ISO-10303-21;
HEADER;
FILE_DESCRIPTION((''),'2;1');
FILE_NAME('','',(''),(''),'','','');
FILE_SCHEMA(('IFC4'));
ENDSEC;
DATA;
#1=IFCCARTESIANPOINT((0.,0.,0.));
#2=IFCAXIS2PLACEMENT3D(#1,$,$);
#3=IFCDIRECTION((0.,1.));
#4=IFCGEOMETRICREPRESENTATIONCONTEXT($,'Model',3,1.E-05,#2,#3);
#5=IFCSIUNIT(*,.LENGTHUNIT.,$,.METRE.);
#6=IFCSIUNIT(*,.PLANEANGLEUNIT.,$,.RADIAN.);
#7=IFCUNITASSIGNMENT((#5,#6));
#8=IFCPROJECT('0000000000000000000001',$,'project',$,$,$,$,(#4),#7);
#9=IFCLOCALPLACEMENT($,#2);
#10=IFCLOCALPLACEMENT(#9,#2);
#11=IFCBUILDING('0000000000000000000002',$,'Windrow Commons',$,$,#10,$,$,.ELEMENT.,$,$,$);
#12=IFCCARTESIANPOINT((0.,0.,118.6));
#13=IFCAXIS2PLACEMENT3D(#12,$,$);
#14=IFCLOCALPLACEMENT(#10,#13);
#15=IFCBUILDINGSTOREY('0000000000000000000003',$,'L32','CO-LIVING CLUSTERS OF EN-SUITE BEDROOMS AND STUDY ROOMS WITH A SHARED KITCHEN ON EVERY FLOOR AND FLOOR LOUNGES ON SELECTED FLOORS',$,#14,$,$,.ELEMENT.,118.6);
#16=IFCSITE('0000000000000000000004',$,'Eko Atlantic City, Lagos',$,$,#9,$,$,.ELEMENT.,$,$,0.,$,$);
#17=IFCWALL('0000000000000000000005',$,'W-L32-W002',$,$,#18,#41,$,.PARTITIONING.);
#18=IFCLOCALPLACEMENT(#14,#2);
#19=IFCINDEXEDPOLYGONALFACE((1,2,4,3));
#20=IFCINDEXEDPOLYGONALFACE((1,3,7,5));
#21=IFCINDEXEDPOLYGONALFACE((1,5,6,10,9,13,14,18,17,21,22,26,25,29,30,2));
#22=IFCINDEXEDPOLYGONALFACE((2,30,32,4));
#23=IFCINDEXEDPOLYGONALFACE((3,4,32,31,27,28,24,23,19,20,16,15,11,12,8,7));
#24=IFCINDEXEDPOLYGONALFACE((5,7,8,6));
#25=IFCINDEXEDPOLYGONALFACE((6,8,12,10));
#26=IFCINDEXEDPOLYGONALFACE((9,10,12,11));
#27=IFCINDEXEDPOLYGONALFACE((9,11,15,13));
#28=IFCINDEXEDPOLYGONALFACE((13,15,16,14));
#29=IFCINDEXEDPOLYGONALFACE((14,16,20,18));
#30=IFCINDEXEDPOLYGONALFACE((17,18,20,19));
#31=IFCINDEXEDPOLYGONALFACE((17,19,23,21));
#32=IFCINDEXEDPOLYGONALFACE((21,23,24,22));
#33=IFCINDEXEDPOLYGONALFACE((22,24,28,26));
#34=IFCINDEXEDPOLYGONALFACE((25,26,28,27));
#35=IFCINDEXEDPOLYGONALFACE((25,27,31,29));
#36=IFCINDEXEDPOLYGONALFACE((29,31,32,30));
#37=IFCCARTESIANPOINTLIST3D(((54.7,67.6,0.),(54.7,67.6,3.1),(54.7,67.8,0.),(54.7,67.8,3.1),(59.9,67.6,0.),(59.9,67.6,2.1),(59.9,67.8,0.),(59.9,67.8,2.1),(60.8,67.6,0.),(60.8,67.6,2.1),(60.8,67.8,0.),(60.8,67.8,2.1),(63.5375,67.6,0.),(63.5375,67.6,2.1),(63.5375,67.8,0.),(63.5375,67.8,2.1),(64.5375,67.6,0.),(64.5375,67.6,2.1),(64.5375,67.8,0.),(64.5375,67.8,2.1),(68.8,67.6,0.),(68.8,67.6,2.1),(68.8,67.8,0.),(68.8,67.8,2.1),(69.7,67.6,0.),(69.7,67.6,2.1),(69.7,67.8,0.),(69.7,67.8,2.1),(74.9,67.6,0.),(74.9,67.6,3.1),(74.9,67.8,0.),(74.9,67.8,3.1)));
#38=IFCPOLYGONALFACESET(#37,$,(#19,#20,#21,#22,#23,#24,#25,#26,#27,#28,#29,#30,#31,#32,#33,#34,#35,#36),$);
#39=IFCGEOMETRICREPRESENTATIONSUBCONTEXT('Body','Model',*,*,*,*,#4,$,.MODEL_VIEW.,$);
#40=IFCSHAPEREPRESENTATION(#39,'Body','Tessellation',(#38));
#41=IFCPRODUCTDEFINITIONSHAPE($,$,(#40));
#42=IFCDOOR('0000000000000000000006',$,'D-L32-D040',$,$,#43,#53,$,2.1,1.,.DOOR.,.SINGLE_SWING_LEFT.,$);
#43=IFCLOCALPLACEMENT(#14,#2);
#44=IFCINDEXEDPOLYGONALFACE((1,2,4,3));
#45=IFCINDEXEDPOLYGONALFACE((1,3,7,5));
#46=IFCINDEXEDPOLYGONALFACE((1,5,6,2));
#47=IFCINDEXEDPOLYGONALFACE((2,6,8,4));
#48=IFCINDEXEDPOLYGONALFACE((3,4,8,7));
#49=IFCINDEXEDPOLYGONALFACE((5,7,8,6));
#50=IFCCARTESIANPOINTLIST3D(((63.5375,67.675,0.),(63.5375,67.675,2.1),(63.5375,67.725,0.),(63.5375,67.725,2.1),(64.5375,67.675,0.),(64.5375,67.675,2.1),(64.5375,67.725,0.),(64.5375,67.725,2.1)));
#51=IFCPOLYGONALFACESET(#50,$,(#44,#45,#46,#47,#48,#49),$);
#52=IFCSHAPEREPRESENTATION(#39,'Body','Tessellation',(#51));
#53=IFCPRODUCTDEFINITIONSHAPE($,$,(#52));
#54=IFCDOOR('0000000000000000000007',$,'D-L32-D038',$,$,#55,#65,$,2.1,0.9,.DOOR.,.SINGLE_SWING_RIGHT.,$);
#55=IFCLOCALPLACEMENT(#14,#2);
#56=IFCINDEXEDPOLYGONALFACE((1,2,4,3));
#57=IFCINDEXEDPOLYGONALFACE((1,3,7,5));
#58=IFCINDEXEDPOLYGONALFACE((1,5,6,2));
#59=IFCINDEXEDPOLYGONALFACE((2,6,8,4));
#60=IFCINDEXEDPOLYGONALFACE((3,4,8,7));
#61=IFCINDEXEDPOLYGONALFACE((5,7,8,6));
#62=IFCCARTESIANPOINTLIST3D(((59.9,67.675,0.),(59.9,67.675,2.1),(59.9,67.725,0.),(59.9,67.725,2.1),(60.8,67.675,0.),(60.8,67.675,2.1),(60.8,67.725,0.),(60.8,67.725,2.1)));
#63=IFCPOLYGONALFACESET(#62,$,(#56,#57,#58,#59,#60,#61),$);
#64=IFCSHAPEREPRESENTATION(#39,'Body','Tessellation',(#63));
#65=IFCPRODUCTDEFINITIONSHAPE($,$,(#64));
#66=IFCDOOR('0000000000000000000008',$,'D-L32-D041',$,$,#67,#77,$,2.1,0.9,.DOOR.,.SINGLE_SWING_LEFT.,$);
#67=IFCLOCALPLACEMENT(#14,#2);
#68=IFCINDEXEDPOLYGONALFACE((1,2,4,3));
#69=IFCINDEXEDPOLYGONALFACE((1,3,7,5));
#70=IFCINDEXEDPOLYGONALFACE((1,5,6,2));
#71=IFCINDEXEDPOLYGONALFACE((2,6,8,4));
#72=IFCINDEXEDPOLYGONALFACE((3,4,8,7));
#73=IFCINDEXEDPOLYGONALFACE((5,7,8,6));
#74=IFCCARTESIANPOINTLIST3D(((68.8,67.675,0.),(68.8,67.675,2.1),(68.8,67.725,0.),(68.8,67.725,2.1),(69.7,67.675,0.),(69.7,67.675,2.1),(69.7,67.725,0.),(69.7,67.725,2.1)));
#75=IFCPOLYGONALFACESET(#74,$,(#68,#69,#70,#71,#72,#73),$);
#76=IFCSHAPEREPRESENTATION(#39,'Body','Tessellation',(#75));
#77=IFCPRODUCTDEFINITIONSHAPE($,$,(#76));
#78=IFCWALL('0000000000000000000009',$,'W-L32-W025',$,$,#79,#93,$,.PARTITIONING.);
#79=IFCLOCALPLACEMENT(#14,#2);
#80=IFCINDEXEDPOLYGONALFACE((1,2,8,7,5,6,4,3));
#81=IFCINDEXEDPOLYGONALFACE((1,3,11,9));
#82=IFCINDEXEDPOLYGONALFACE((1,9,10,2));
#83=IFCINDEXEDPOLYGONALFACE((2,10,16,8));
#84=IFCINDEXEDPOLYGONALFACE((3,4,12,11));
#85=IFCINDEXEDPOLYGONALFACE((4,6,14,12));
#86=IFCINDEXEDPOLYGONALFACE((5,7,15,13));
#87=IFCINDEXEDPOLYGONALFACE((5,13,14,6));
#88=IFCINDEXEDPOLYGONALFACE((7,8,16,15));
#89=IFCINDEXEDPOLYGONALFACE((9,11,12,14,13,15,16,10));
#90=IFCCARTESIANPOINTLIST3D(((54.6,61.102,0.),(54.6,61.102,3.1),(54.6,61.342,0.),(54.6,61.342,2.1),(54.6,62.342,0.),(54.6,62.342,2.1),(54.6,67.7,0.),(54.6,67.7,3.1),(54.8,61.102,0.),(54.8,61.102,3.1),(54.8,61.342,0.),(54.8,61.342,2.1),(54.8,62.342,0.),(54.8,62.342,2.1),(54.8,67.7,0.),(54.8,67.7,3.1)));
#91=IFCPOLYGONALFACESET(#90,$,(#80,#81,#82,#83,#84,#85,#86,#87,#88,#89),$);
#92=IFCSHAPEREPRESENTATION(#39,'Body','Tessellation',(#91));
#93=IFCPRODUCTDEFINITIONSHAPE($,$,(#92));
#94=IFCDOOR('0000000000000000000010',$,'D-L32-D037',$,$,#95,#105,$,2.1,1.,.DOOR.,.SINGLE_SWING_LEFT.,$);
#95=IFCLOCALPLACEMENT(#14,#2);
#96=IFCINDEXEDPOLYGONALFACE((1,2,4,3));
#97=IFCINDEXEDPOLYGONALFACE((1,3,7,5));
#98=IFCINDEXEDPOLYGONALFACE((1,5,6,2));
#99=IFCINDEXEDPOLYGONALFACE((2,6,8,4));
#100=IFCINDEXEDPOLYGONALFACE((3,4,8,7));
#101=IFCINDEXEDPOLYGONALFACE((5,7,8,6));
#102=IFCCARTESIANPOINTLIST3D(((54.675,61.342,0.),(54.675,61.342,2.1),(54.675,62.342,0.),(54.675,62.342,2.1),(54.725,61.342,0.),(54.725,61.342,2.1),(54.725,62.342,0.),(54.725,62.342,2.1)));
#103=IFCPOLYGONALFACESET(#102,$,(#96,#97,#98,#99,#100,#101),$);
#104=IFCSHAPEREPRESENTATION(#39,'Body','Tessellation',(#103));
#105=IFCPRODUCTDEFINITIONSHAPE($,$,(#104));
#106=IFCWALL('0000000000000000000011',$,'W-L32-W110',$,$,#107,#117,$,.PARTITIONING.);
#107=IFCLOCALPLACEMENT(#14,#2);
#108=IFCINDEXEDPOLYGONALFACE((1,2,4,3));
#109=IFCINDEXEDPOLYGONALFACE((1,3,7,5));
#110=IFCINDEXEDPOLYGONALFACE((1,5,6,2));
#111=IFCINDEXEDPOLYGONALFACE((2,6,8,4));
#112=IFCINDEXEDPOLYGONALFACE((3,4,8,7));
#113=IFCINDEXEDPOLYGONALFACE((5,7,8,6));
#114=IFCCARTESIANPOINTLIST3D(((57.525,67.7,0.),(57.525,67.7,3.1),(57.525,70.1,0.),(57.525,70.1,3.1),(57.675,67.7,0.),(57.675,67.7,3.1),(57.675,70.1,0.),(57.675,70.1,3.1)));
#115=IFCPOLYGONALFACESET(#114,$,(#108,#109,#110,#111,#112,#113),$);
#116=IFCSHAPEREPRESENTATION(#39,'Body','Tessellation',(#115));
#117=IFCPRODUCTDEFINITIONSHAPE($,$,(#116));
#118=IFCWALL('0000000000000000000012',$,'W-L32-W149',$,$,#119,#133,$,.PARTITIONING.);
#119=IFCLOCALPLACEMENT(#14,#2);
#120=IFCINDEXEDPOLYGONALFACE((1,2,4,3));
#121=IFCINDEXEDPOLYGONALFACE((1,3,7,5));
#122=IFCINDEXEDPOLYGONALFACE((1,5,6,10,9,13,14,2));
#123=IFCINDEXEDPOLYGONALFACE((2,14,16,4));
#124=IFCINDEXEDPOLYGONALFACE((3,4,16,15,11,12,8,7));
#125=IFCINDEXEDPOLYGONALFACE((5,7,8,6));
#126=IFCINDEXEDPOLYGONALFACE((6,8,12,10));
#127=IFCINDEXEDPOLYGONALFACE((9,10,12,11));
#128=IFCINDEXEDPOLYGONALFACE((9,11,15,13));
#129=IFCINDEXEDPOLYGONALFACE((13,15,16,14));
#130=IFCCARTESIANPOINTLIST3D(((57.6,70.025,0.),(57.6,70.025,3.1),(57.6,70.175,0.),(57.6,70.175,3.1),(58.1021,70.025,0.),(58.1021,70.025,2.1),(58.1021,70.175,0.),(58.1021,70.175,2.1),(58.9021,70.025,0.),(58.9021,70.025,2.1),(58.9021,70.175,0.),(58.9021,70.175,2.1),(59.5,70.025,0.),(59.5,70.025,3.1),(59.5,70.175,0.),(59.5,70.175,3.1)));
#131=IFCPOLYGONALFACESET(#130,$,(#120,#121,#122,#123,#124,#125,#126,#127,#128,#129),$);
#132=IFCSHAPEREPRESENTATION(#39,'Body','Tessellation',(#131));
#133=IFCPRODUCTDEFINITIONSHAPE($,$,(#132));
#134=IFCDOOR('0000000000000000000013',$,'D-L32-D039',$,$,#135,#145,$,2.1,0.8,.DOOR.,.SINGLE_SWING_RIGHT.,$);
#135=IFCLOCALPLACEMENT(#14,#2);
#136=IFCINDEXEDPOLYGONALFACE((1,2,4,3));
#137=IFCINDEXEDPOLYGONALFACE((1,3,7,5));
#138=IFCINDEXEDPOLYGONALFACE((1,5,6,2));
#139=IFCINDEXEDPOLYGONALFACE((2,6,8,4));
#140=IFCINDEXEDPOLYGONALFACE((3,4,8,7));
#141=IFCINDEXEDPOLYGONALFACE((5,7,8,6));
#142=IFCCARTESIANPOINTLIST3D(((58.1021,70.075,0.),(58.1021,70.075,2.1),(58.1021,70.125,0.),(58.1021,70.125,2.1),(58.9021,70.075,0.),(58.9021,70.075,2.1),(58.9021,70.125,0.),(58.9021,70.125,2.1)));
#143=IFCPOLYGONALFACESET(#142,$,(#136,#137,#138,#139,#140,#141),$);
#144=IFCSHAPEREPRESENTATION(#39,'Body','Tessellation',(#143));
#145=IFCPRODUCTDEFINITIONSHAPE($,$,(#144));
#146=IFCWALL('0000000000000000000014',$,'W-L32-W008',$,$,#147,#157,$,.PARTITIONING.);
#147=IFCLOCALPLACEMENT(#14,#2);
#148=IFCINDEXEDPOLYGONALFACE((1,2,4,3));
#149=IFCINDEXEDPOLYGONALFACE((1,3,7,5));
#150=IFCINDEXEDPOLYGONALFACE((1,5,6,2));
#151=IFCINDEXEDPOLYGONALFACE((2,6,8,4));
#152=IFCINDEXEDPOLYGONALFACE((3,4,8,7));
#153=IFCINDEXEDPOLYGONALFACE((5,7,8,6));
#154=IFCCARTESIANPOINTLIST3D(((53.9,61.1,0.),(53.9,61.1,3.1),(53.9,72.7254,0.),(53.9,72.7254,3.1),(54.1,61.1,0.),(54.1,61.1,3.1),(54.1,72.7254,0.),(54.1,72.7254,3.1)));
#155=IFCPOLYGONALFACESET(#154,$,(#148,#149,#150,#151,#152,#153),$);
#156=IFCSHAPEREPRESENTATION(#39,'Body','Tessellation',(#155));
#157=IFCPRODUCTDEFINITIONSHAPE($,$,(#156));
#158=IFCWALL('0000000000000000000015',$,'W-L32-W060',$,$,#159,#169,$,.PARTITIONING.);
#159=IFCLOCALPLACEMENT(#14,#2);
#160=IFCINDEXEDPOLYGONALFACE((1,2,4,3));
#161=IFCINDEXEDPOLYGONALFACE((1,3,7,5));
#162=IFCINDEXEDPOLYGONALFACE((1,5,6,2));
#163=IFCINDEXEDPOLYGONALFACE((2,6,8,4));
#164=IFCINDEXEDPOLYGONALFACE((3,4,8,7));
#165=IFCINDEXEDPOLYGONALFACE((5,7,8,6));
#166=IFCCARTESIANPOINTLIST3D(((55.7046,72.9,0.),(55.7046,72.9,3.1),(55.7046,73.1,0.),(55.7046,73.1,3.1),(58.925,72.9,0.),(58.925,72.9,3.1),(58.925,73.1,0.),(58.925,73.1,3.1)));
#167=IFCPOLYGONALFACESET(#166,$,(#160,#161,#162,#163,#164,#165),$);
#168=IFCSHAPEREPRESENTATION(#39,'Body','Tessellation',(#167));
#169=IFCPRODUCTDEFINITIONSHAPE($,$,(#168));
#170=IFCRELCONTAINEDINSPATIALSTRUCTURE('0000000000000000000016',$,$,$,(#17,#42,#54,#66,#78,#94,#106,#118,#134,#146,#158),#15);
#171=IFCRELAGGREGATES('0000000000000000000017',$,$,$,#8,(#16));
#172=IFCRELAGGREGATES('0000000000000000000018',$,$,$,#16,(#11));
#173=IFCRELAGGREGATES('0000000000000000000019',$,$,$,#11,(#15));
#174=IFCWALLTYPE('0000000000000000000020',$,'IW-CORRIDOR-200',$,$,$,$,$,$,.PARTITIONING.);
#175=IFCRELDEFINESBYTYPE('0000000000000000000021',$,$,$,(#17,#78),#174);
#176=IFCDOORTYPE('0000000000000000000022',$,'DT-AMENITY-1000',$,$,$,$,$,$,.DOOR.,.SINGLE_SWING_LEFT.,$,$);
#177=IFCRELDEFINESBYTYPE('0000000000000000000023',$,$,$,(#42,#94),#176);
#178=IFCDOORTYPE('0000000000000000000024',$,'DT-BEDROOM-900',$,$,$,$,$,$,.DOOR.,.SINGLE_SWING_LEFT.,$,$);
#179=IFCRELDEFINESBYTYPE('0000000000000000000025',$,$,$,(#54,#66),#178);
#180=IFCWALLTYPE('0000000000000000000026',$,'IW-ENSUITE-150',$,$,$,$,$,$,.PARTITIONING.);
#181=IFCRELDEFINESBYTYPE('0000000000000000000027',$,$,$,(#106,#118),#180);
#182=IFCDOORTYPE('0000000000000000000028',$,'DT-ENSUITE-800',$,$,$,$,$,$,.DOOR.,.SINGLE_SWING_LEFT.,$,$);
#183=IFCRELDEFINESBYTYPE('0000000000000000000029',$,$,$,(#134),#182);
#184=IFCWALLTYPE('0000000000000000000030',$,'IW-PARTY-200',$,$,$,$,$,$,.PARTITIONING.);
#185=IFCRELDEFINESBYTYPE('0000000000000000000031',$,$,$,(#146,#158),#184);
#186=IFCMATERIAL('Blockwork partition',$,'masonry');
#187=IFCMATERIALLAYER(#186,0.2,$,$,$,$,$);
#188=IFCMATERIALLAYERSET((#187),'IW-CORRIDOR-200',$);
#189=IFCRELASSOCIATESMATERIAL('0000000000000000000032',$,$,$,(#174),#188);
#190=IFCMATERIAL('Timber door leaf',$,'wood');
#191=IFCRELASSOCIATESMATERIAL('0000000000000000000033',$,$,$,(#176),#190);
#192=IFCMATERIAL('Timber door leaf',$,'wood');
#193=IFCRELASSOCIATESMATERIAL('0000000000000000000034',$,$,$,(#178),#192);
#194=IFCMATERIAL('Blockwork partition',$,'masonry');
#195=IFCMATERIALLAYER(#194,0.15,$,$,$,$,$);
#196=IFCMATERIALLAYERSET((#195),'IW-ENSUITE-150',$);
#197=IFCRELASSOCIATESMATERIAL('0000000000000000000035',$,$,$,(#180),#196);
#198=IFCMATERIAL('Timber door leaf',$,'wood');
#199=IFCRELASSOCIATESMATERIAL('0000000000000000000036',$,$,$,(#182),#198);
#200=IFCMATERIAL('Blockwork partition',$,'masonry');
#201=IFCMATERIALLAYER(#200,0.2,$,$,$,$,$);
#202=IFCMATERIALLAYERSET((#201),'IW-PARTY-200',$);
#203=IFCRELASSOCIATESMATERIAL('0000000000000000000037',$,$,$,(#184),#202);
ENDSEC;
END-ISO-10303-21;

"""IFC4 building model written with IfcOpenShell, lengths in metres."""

from ifc_helpers import new_model, si_unit, direction, frame, frame_2d, origin, place, context, subcontext, project, spatial, rectangle, extrude, material, layer, layer_set, type_object, element, fill, save


model = new_model("IFC4")

# Units and contexts
model_context = context("Model", 3, precision=1e-05, world=origin(), true_north=direction((0.0, 1.0)))
body_context = subcontext(model_context, "Body", "Model", "MODEL_VIEW")
ifc_project = project(units=[si_unit("LENGTHUNIT", "METRE"), si_unit("PLANEANGLEUNIT", "RADIAN")], contexts=[model_context])

# Site, building, storey
site_placement = place(None, origin())
site = spatial("IfcSite", under=ifc_project, at=site_placement, Name="Eko Atlantic City, Lagos", CompositionType="ELEMENT", RefElevation=0.0)
building_placement = place(site_placement, origin())
building = spatial("IfcBuilding", under=site, at=building_placement, Name="Windrow Commons", CompositionType="ELEMENT")
storey_placement = place(building_placement, frame((0.0, 0.0, 118.6)))
storey = spatial("IfcBuildingStorey", under=building, at=storey_placement, Name="L32", Description="CO-LIVING CLUSTERS OF EN-SUITE BEDROOMS AND STUDY ROOMS WITH A SHARED KITCHEN ON EVERY FLOOR AND FLOOR LOUNGES ON SELECTED FLOORS", CompositionType="ELEMENT", Elevation=118.6)

# Wall, openings, doors
ifc_material_1 = material(Name="Blockwork partition", Category="masonry")
ifc_layer_1 = layer(ifc_material_1, 0.2)
ifc_layer_set_1 = layer_set([ifc_layer_1], Name="IW-CORRIDOR-200")
wall_type_1 = type_object("IfcWallType", Name="IW-CORRIDOR-200", PredefinedType="PARTITIONING", material=ifc_layer_set_1)
wall_1_placement = place(storey_placement, frame((54.7, 67.7, 0.0), z_axis=(0.0, 0.0, 1.0), x_axis=(1.0, 0.0, 0.0)))
wall_1 = element("IfcWall", 1, at=wall_1_placement, inside=storey, type_object=wall_type_1, Name="W-L32-W002", PredefinedType="PARTITIONING", context=body_context, shape_type="SweptSolid", body=[
    extrude(rectangle(XDim=20.2, YDim=0.2, at=frame_2d((10.1, 0.0))), origin(), (0.0, 0.0, 1.0), 3.1),
])
opening_1_placement = place(wall_1_placement, frame((5.2, 0.0, 0.0)))
opening_1 = element("IfcOpeningElement", 2, at=opening_1_placement, cuts=wall_1, PredefinedType="OPENING", context=body_context, shape_type="SweptSolid", body=[
    extrude(rectangle(XDim=0.9, YDim=2.1, at=frame_2d((0.45, 1.05))), frame((0.0, 0.11, 0.0), z_axis=(0.0, -1.0, 0.0), x_axis=(1.0, 0.0, 0.0)), (0.0, 0.0, 1.0), 0.22),
])
opening_2_placement = place(wall_1_placement, frame((8.8375, 0.0, 0.0)))
opening_2 = element("IfcOpeningElement", 3, at=opening_2_placement, cuts=wall_1, PredefinedType="OPENING", context=body_context, shape_type="SweptSolid", body=[
    extrude(rectangle(XDim=1.0, YDim=2.1, at=frame_2d((0.5, 1.05))), frame((0.0, 0.11, 0.0), z_axis=(0.0, -1.0, 0.0), x_axis=(1.0, 0.0, 0.0)), (0.0, 0.0, 1.0), 0.22),
])
opening_3_placement = place(wall_1_placement, frame((14.1, 0.0, 0.0)))
opening_3 = element("IfcOpeningElement", 4, at=opening_3_placement, cuts=wall_1, PredefinedType="OPENING", context=body_context, shape_type="SweptSolid", body=[
    extrude(rectangle(XDim=0.9, YDim=2.1, at=frame_2d((0.45, 1.05))), frame((0.0, 0.11, 0.0), z_axis=(0.0, -1.0, 0.0), x_axis=(1.0, 0.0, 0.0)), (0.0, 0.0, 1.0), 0.22),
])
ifc_material_2 = material(Name="Timber door leaf", Category="wood")
door_type_1 = type_object("IfcDoorType", Name="DT-AMENITY-1000", OperationType="SINGLE_SWING_LEFT", PredefinedType="DOOR", material=ifc_material_2)
door_1_placement = place(opening_2_placement, origin())
door_1 = element("IfcDoor", 5, at=door_1_placement, inside=storey, type_object=door_type_1, Name="D-L32-D040", OperationType="SINGLE_SWING_LEFT", OverallHeight=2.1, OverallWidth=1.0, PredefinedType="DOOR", context=body_context, shape_type="SweptSolid", body=[
    extrude(rectangle(XDim=1.0, YDim=2.1, at=frame_2d((0.5, 1.05))), frame((0.0, 0.025, 0.0), z_axis=(0.0, -1.0, 0.0), x_axis=(1.0, 0.0, 0.0)), (0.0, 0.0, 1.0), 0.05),
])
fill(opening_2, door_1)
ifc_material_3 = material(Name="Timber door leaf", Category="wood")
door_type_2 = type_object("IfcDoorType", Name="DT-BEDROOM-900", OperationType="SINGLE_SWING_LEFT", PredefinedType="DOOR", material=ifc_material_3)
door_2_placement = place(opening_1_placement, origin())
door_2 = element("IfcDoor", 6, at=door_2_placement, inside=storey, type_object=door_type_2, Name="D-L32-D038", OperationType="SINGLE_SWING_RIGHT", OverallHeight=2.1, OverallWidth=0.9, PredefinedType="DOOR", context=body_context, shape_type="SweptSolid", body=[
    extrude(rectangle(XDim=0.9, YDim=2.1, at=frame_2d((0.45, 1.05))), frame((0.0, 0.025, 0.0), z_axis=(0.0, -1.0, 0.0), x_axis=(1.0, 0.0, 0.0)), (0.0, 0.0, 1.0), 0.05),
])
fill(opening_1, door_2)
door_3_placement = place(opening_3_placement, origin())
door_3 = element("IfcDoor", 7, at=door_3_placement, inside=storey, type_object=door_type_2, Name="D-L32-D041", OperationType="SINGLE_SWING_LEFT", OverallHeight=2.1, OverallWidth=0.9, PredefinedType="DOOR", context=body_context, shape_type="SweptSolid", body=[
    extrude(rectangle(XDim=0.9, YDim=2.1, at=frame_2d((0.45, 1.05))), frame((0.0, 0.025, 0.0), z_axis=(0.0, -1.0, 0.0), x_axis=(1.0, 0.0, 0.0)), (0.0, 0.0, 1.0), 0.05),
])
fill(opening_3, door_3)

# Wall, opening, door
wall_2_placement = place(storey_placement, frame((54.7, 61.102, 0.0), z_axis=(0.0, 0.0, 1.0), x_axis=(0.0, 1.0, 0.0)))
wall_2 = element("IfcWall", 8, at=wall_2_placement, inside=storey, type_object=wall_type_1, Name="W-L32-W025", PredefinedType="PARTITIONING", context=body_context, shape_type="SweptSolid", body=[
    extrude(rectangle(XDim=6.598, YDim=0.2, at=frame_2d((3.299, 0.0))), origin(), (0.0, 0.0, 1.0), 3.1),
])
opening_4_placement = place(wall_2_placement, frame((0.24, 0.0, 0.0)))
opening_4 = element("IfcOpeningElement", 9, at=opening_4_placement, cuts=wall_2, PredefinedType="OPENING", context=body_context, shape_type="SweptSolid", body=[
    extrude(rectangle(XDim=1.0, YDim=2.1, at=frame_2d((0.5, 1.05))), frame((0.0, 0.11, 0.0), z_axis=(0.0, -1.0, 0.0), x_axis=(1.0, 0.0, 0.0)), (0.0, 0.0, 1.0), 0.22),
])
door_4_placement = place(opening_4_placement, origin())
door_4 = element("IfcDoor", 10, at=door_4_placement, inside=storey, type_object=door_type_1, Name="D-L32-D037", OperationType="SINGLE_SWING_LEFT", OverallHeight=2.1, OverallWidth=1.0, PredefinedType="DOOR", context=body_context, shape_type="SweptSolid", body=[
    extrude(rectangle(XDim=1.0, YDim=2.1, at=frame_2d((0.5, 1.05))), frame((0.0, 0.025, 0.0), z_axis=(0.0, -1.0, 0.0), x_axis=(1.0, 0.0, 0.0)), (0.0, 0.0, 1.0), 0.05),
])
fill(opening_4, door_4)

# Wall
ifc_material_4 = material(Name="Blockwork partition", Category="masonry")
ifc_layer_2 = layer(ifc_material_4, 0.15)
ifc_layer_set_2 = layer_set([ifc_layer_2], Name="IW-ENSUITE-150")
wall_type_2 = type_object("IfcWallType", Name="IW-ENSUITE-150", PredefinedType="PARTITIONING", material=ifc_layer_set_2)
wall_3_placement = place(storey_placement, frame((57.6, 67.7, 0.0), z_axis=(0.0, 0.0, 1.0), x_axis=(0.0, 1.0, 0.0)))
element("IfcWall", 11, at=wall_3_placement, inside=storey, type_object=wall_type_2, Name="W-L32-W110", PredefinedType="PARTITIONING", context=body_context, shape_type="SweptSolid", body=[
    extrude(rectangle(XDim=2.4, YDim=0.15, at=frame_2d((1.2, 0.0))), origin(), (0.0, 0.0, 1.0), 3.1),
])

# Wall, opening, door
wall_4_placement = place(storey_placement, frame((57.6, 70.1, 0.0), z_axis=(0.0, 0.0, 1.0), x_axis=(1.0, 0.0, 0.0)))
wall_4 = element("IfcWall", 12, at=wall_4_placement, inside=storey, type_object=wall_type_2, Name="W-L32-W149", PredefinedType="PARTITIONING", context=body_context, shape_type="SweptSolid", body=[
    extrude(rectangle(XDim=1.9, YDim=0.15, at=frame_2d((0.95, 0.0))), origin(), (0.0, 0.0, 1.0), 3.1),
])
opening_5_placement = place(wall_4_placement, frame((0.5021, 0.0, 0.0)))
opening_5 = element("IfcOpeningElement", 13, at=opening_5_placement, cuts=wall_4, PredefinedType="OPENING", context=body_context, shape_type="SweptSolid", body=[
    extrude(rectangle(XDim=0.8, YDim=2.1, at=frame_2d((0.4, 1.05))), frame((0.0, 0.085, 0.0), z_axis=(0.0, -1.0, 0.0), x_axis=(1.0, 0.0, 0.0)), (0.0, 0.0, 1.0), 0.17),
])
ifc_material_5 = material(Name="Timber door leaf", Category="wood")
door_type_3 = type_object("IfcDoorType", Name="DT-ENSUITE-800", OperationType="SINGLE_SWING_LEFT", PredefinedType="DOOR", material=ifc_material_5)
door_5_placement = place(opening_5_placement, origin())
door_5 = element("IfcDoor", 14, at=door_5_placement, inside=storey, type_object=door_type_3, Name="D-L32-D039", OperationType="SINGLE_SWING_RIGHT", OverallHeight=2.1, OverallWidth=0.8, PredefinedType="DOOR", context=body_context, shape_type="SweptSolid", body=[
    extrude(rectangle(XDim=0.8, YDim=2.1, at=frame_2d((0.4, 1.05))), frame((0.0, 0.025, 0.0), z_axis=(0.0, -1.0, 0.0), x_axis=(1.0, 0.0, 0.0)), (0.0, 0.0, 1.0), 0.05),
])
fill(opening_5, door_5)

# Walls
ifc_material_6 = material(Name="Blockwork partition", Category="masonry")
ifc_layer_3 = layer(ifc_material_6, 0.2)
ifc_layer_set_3 = layer_set([ifc_layer_3], Name="IW-PARTY-200")
wall_type_3 = type_object("IfcWallType", Name="IW-PARTY-200", PredefinedType="PARTITIONING", material=ifc_layer_set_3)
wall_5_placement = place(storey_placement, frame((54.0, 61.1, 0.0), z_axis=(0.0, 0.0, 1.0), x_axis=(0.0, 1.0, 0.0)))
element("IfcWall", 15, at=wall_5_placement, inside=storey, type_object=wall_type_3, Name="W-L32-W008", PredefinedType="PARTITIONING", context=body_context, shape_type="SweptSolid", body=[
    extrude(rectangle(XDim=11.6254, YDim=0.2, at=frame_2d((5.8127, 0.0))), origin(), (0.0, 0.0, 1.0), 3.1),
])
wall_6_placement = place(storey_placement, frame((55.7047, 73.0, 0.0), z_axis=(0.0, 0.0, 1.0), x_axis=(1.0, 0.0, 0.0)))
element("IfcWall", 16, at=wall_6_placement, inside=storey, type_object=wall_type_3, Name="W-L32-W060", PredefinedType="PARTITIONING", context=body_context, shape_type="SweptSolid", body=[
    extrude(rectangle(XDim=3.2203, YDim=0.2, at=frame_2d((1.6101, 0.0))), origin(), (0.0, 0.0, 1.0), 3.1),
])

save(model, "model.ifc")
